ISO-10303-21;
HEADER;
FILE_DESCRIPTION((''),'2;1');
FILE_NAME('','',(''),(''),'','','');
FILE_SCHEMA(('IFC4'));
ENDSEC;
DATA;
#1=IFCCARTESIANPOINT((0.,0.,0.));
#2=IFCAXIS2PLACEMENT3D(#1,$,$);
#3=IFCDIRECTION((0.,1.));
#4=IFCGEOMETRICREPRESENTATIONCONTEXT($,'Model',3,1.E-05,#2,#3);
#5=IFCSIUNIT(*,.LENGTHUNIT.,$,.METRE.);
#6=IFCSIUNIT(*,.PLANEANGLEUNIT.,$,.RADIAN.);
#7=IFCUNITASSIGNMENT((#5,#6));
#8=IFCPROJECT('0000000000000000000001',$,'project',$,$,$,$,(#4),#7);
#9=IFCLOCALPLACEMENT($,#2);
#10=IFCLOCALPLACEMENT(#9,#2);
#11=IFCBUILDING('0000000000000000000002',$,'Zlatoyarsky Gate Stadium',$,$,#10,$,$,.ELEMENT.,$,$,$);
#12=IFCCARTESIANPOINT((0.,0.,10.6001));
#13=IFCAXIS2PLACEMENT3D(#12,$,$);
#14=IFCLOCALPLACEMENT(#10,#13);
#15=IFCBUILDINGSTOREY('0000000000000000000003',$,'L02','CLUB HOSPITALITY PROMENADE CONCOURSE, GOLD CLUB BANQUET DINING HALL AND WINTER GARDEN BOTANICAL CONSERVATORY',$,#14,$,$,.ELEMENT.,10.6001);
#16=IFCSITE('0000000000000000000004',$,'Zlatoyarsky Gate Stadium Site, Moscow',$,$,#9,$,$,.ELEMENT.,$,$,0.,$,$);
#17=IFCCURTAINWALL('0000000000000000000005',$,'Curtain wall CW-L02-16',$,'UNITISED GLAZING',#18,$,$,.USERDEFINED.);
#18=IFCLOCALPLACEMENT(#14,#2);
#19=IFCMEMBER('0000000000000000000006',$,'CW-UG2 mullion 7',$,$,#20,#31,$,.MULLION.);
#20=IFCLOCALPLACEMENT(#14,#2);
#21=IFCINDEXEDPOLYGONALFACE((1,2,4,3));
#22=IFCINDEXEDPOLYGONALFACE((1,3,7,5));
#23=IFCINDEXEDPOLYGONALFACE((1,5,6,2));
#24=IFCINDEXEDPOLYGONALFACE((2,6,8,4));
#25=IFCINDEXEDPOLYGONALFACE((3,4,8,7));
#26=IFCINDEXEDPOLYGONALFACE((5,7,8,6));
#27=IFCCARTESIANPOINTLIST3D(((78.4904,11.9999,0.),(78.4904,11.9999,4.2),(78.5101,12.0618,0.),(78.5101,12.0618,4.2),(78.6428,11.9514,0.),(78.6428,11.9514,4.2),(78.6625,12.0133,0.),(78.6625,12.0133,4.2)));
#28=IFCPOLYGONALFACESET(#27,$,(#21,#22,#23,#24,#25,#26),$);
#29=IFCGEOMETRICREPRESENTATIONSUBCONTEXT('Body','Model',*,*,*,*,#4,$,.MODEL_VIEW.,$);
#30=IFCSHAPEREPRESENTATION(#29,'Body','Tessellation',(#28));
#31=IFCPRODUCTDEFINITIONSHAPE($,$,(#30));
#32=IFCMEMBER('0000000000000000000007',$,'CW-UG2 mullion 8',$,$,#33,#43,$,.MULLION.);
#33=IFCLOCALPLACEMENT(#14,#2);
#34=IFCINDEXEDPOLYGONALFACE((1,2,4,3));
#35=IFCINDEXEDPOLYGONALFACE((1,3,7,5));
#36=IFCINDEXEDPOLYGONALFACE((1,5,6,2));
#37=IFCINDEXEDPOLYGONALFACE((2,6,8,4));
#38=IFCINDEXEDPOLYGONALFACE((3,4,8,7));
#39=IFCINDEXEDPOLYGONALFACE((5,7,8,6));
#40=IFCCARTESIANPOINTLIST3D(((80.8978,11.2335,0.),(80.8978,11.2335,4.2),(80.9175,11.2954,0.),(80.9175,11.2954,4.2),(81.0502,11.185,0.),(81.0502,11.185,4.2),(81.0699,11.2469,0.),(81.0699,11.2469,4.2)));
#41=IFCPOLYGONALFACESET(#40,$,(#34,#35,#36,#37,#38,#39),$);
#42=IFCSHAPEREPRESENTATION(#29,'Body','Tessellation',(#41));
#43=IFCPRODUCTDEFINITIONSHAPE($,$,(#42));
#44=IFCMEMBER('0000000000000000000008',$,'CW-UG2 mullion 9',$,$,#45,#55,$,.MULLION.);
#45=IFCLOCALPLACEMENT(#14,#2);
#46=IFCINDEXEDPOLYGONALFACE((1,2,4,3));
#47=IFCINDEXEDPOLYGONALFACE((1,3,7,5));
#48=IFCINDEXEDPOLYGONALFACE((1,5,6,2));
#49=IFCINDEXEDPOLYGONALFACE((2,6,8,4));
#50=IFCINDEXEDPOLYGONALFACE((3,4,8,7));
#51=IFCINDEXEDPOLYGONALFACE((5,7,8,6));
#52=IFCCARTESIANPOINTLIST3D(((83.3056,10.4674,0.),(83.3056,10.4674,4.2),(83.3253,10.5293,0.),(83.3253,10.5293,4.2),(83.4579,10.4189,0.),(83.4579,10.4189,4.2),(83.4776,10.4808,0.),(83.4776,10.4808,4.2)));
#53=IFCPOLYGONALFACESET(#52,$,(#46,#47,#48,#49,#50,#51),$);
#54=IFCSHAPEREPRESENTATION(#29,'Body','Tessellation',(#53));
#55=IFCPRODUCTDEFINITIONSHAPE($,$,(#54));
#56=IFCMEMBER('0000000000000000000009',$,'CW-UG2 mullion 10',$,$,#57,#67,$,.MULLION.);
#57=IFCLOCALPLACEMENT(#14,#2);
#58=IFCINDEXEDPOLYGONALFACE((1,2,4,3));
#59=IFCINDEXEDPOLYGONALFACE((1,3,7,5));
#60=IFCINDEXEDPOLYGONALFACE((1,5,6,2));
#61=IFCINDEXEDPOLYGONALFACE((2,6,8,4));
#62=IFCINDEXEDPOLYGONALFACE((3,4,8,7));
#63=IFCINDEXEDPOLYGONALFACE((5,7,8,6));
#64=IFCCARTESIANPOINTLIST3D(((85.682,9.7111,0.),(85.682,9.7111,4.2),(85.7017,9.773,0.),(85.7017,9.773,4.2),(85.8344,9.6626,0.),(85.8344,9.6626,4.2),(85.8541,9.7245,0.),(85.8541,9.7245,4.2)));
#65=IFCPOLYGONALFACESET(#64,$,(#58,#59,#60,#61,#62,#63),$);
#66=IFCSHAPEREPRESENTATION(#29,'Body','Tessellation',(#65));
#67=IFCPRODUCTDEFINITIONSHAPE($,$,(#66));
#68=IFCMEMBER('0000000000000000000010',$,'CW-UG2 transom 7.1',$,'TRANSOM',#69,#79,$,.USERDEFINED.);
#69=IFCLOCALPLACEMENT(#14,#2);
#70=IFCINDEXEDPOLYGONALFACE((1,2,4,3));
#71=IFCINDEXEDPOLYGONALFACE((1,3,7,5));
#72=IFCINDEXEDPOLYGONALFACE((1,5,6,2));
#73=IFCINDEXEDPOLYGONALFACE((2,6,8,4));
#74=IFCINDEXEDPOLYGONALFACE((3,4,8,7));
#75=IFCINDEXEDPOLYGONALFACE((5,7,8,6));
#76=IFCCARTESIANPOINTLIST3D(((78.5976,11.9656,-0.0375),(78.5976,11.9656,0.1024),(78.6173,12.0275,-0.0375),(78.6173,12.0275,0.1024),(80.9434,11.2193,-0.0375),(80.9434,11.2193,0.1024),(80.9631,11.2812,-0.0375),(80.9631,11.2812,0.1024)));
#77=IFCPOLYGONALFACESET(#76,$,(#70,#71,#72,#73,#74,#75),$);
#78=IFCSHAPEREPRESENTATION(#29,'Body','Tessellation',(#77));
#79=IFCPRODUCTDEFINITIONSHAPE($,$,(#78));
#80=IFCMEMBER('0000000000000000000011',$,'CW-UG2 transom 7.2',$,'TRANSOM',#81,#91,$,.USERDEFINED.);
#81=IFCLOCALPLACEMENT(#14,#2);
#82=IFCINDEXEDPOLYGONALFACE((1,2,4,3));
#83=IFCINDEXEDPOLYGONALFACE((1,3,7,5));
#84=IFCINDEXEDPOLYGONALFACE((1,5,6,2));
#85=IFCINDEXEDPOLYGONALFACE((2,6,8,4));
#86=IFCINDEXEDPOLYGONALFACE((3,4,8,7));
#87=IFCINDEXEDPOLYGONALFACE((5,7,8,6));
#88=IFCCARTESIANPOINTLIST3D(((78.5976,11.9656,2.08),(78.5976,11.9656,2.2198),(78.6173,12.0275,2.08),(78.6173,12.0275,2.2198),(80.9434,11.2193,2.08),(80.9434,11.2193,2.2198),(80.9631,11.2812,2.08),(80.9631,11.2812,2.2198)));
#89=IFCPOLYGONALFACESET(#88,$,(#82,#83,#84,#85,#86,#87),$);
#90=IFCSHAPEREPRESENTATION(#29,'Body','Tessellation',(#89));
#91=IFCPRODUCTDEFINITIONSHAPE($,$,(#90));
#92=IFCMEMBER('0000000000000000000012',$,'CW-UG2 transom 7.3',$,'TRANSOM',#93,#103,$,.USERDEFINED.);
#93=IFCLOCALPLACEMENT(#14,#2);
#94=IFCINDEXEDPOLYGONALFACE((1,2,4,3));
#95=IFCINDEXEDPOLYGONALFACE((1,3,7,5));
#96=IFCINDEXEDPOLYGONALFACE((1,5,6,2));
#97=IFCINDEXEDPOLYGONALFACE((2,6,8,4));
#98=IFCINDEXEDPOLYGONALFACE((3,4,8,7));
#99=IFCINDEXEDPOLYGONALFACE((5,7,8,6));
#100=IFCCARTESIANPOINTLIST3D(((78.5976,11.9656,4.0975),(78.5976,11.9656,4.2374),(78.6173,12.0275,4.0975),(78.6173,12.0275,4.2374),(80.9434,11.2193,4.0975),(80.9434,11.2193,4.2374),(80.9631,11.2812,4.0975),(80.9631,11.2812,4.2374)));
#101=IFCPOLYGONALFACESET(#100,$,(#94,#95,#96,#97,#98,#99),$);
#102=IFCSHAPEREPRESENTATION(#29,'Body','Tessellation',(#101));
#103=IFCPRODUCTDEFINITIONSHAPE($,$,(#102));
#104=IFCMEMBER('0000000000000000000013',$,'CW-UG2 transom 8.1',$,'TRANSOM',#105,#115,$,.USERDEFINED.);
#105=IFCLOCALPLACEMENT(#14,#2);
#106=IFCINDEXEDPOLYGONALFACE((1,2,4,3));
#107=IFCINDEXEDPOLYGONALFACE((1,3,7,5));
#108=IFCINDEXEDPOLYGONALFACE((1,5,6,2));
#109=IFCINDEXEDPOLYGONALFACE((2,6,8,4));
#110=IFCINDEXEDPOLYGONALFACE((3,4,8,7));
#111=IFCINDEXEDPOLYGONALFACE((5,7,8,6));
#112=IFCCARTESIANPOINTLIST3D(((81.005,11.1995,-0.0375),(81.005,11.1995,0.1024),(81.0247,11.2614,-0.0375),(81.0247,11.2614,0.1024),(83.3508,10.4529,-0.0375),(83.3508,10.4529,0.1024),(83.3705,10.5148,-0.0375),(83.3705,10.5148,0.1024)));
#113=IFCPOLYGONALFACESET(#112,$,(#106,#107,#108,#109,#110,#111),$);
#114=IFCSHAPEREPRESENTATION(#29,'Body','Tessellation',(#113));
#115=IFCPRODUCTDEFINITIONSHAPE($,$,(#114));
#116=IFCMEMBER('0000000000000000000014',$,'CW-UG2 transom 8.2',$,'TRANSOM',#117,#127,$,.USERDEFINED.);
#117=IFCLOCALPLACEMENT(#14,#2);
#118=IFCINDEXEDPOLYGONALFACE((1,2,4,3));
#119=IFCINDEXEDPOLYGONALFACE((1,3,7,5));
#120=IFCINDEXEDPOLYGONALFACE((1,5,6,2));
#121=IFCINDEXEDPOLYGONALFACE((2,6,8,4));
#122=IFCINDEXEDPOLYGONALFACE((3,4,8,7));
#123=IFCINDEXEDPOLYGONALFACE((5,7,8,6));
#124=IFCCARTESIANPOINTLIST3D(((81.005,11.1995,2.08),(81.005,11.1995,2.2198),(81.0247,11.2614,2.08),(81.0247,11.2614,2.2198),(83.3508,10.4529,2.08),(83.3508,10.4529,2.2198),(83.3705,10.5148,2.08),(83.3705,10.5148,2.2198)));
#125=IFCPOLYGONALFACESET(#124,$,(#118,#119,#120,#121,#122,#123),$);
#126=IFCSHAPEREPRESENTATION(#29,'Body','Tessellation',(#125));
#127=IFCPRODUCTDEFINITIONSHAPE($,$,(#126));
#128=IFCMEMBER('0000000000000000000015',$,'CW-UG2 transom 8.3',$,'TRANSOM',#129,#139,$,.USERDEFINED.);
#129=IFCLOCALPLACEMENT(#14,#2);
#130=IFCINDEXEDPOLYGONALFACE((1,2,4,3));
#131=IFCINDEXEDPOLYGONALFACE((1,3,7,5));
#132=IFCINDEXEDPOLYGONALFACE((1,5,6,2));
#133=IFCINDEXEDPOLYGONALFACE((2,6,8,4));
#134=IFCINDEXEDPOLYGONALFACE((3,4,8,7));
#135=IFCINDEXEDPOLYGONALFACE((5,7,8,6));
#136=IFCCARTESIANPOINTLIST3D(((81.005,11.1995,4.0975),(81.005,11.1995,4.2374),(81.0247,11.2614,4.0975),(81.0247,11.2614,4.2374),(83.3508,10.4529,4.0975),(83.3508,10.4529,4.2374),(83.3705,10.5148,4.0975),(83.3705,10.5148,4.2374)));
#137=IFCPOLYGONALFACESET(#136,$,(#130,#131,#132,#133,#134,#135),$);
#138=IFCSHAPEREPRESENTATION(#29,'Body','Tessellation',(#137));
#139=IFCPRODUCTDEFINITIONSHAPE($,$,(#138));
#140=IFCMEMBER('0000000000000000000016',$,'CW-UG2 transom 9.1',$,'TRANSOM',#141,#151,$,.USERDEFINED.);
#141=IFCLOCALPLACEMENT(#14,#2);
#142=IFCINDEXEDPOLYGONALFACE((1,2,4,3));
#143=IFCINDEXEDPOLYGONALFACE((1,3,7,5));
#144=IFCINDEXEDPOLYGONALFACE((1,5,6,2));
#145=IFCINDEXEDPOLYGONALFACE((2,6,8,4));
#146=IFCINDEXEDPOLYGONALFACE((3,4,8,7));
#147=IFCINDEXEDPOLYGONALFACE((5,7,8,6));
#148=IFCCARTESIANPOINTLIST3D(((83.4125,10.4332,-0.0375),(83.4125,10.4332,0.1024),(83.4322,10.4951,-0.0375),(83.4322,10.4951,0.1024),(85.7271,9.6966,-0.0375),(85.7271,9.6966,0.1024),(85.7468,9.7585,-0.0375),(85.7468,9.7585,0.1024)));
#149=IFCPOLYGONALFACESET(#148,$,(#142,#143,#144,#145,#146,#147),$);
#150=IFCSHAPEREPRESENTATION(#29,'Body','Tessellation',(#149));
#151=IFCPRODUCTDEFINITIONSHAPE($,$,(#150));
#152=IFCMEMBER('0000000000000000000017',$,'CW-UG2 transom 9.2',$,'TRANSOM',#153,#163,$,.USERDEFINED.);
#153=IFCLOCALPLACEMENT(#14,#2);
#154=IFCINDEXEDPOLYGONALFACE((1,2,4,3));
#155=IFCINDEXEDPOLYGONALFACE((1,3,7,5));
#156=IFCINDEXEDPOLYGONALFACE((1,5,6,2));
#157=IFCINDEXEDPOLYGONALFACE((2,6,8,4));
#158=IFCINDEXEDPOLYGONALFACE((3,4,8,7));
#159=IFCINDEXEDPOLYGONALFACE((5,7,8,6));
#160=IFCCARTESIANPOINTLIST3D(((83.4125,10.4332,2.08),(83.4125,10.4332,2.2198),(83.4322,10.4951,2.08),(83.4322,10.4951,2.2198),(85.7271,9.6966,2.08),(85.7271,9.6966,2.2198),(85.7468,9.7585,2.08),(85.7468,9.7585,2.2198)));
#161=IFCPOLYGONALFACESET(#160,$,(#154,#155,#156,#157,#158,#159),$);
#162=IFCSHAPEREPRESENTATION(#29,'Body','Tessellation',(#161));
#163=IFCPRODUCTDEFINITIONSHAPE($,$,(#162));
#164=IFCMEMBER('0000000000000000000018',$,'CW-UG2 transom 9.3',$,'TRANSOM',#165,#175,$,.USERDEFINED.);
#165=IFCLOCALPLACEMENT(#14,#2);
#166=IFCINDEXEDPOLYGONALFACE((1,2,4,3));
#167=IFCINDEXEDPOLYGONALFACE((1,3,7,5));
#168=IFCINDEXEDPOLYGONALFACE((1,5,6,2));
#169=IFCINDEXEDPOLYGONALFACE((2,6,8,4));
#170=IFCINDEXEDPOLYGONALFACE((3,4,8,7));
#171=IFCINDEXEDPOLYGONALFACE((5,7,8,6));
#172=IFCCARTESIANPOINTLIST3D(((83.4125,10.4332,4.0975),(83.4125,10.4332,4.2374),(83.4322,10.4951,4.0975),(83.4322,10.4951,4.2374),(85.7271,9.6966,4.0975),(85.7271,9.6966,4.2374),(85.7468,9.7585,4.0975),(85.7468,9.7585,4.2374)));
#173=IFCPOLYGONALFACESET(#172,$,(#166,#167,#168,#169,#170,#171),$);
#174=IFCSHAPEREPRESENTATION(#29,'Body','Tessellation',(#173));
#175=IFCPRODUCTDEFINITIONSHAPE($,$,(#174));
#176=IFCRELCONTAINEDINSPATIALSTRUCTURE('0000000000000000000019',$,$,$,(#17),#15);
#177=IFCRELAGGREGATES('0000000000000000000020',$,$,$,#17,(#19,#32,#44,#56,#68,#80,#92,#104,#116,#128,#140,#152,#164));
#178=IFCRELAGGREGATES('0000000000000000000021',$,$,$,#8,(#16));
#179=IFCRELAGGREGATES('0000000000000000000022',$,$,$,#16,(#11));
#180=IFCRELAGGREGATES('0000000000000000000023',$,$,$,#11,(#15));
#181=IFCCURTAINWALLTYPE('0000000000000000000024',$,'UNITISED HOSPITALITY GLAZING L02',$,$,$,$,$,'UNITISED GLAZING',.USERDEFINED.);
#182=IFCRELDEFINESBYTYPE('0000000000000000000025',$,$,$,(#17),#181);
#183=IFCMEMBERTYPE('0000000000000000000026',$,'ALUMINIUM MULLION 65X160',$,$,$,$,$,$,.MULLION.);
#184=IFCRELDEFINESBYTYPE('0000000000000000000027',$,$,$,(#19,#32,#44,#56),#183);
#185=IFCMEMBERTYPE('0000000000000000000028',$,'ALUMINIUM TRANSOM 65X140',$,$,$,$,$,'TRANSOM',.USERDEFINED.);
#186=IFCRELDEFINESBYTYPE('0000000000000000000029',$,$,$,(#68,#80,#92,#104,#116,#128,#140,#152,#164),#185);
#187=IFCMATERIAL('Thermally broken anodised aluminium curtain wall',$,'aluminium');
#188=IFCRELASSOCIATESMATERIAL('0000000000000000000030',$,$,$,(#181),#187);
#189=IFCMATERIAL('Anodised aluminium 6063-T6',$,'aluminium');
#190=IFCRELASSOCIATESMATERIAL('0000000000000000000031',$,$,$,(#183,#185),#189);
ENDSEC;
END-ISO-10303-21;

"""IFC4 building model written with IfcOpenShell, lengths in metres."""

from ifc_helpers import new_model, si_unit, direction, frame, origin, origin_2d, place, context, subcontext, project, spatial, rectangle, extrude, material, material_profile, profile_set, type_object, element, aggregate, save


model = new_model("IFC4")

# Units and contexts
model_context = context("Model", 3, precision=1e-05, world=origin(), true_north=direction((0.0, 1.0)))
body_context = subcontext(model_context, "Body", "Model", "MODEL_VIEW")
ifc_project = project(units=[si_unit("LENGTHUNIT", "METRE"), si_unit("PLANEANGLEUNIT", "RADIAN")], contexts=[model_context])

# Site, building, storey
site_placement = place(None, origin())
site = spatial("IfcSite", under=ifc_project, at=site_placement, Name="Zlatoyarsky Gate Stadium Site, Moscow", CompositionType="ELEMENT", RefElevation=0.0)
building_placement = place(site_placement, origin())
building = spatial("IfcBuilding", under=site, at=building_placement, Name="Zlatoyarsky Gate Stadium", CompositionType="ELEMENT")
storey_placement = place(building_placement, frame((0.0, 0.0, 10.6001)))
storey = spatial("IfcBuildingStorey", under=building, at=storey_placement, Name="L02", Description="CLUB HOSPITALITY PROMENADE CONCOURSE, GOLD CLUB BANQUET DINING HALL AND WINTER GARDEN BOTANICAL CONSERVATORY", CompositionType="ELEMENT", Elevation=10.6001)

# Curtain wall, members
ifc_material_1 = material(Name="Thermally broken anodised aluminium curtain wall", Category="aluminium")
curtain_wall_type = type_object("IfcCurtainWallType", Name="UNITISED HOSPITALITY GLAZING L02", ElementType="UNITISED GLAZING", PredefinedType="USERDEFINED", material=ifc_material_1)
curtain_wall_placement = place(storey_placement, origin())
curtain_wall = element("IfcCurtainWall", 1, at=curtain_wall_placement, inside=storey, type_object=curtain_wall_type, Name="Curtain wall CW-L02-16", ObjectType="UNITISED GLAZING", PredefinedType="USERDEFINED")
ifc_material_2 = material(Name="Anodised aluminium 6063-T6", Category="aluminium")
ifc_material_profile_1 = material_profile(ifc_material_2, rectangle(XDim=0.0649, YDim=0.1599, at=origin_2d()), Name="ALU 65X160")
ifc_profile_set_1 = profile_set([ifc_material_profile_1], Name="Anodised aluminium 6063-T6")
member_type_1 = type_object("IfcMemberType", Name="ALUMINIUM MULLION 65X160", PredefinedType="MULLION", material=ifc_profile_set_1)
member_1_placement = place(storey_placement, frame((78.5764, 12.0066, 0.0), z_axis=(0.0, 0.0, 1.0), x_axis=(0.303278, 0.952902, 0.0)))
member_1 = element("IfcMember", 2, at=member_1_placement, type_object=member_type_1, Name="CW-UG2 mullion 7", PredefinedType="MULLION", context=body_context, shape_type="SweptSolid", body=[
    extrude(rectangle(XDim=0.0649, YDim=0.1599, at=origin_2d()), origin(), (0.0, 0.0, 1.0), 4.2),
])
member_2_placement = place(storey_placement, frame((80.9839, 11.2402, 0.0), z_axis=(0.0, 0.0, 1.0), x_axis=(0.303278, 0.952902, 0.0)))
member_2 = element("IfcMember", 3, at=member_2_placement, type_object=member_type_1, Name="CW-UG2 mullion 8", PredefinedType="MULLION", context=body_context, shape_type="SweptSolid", body=[
    extrude(rectangle(XDim=0.0649, YDim=0.1599, at=origin_2d()), origin(), (0.0, 0.0, 1.0), 4.2),
])
member_3_placement = place(storey_placement, frame((83.3916, 10.4741, 0.0), z_axis=(0.0, 0.0, 1.0), x_axis=(0.303278, 0.952902, 0.0)))
member_3 = element("IfcMember", 4, at=member_3_placement, type_object=member_type_1, Name="CW-UG2 mullion 9", PredefinedType="MULLION", context=body_context, shape_type="SweptSolid", body=[
    extrude(rectangle(XDim=0.0649, YDim=0.1599, at=origin_2d()), origin(), (0.0, 0.0, 1.0), 4.2),
])
member_4_placement = place(storey_placement, frame((85.7681, 9.7178, 0.0), z_axis=(0.0, 0.0, 1.0), x_axis=(0.303278, 0.952902, 0.0)))
member_4 = element("IfcMember", 5, at=member_4_placement, type_object=member_type_1, Name="CW-UG2 mullion 10", PredefinedType="MULLION", context=body_context, shape_type="SweptSolid", body=[
    extrude(rectangle(XDim=0.0649, YDim=0.1599, at=origin_2d()), origin(), (0.0, 0.0, 1.0), 4.2),
])
ifc_material_profile_2 = material_profile(ifc_material_2, rectangle(XDim=0.0649, YDim=0.1399, at=origin_2d()), Name="ALU 65X140")
ifc_profile_set_2 = profile_set([ifc_material_profile_2], Name="Anodised aluminium 6063-T6")
member_type_2 = type_object("IfcMemberType", Name="ALUMINIUM TRANSOM 65X140", ElementType="TRANSOM", PredefinedType="USERDEFINED", material=ifc_profile_set_2)
member_5_placement = place(storey_placement, frame((78.6074, 11.9966, 0.0325), z_axis=(0.952928, -0.303195, 0.0), x_axis=(0.303195, 0.952928, 0.0)))
member_5 = element("IfcMember", 6, at=member_5_placement, type_object=member_type_2, Name="CW-UG2 transom 7.1", ObjectType="TRANSOM", PredefinedType="USERDEFINED", context=body_context, shape_type="SweptSolid", body=[
    extrude(rectangle(XDim=0.0649, YDim=0.1399, at=origin_2d()), origin(), (0.0, 0.0, 1.0), 2.4617),
])
member_6_placement = place(storey_placement, frame((78.6074, 11.9966, 2.1499), z_axis=(0.952928, -0.303195, 0.0), x_axis=(0.303195, 0.952928, 0.0)))
member_6 = element("IfcMember", 7, at=member_6_placement, type_object=member_type_2, Name="CW-UG2 transom 7.2", ObjectType="TRANSOM", PredefinedType="USERDEFINED", context=body_context, shape_type="SweptSolid", body=[
    extrude(rectangle(XDim=0.0649, YDim=0.1399, at=origin_2d()), origin(), (0.0, 0.0, 1.0), 2.4617),
])
member_7_placement = place(storey_placement, frame((78.6074, 11.9966, 4.1675), z_axis=(0.952928, -0.303195, 0.0), x_axis=(0.303195, 0.952928, 0.0)))
member_7 = element("IfcMember", 8, at=member_7_placement, type_object=member_type_2, Name="CW-UG2 transom 7.3", ObjectType="TRANSOM", PredefinedType="USERDEFINED", context=body_context, shape_type="SweptSolid", body=[
    extrude(rectangle(XDim=0.0649, YDim=0.1399, at=origin_2d()), origin(), (0.0, 0.0, 1.0), 2.4617),
])
member_8_placement = place(storey_placement, frame((81.0149, 11.2305, 0.0325), z_axis=(0.9529, -0.303286, 0.0), x_axis=(0.303286, 0.9529, 0.0)))
member_8 = element("IfcMember", 9, at=member_8_placement, type_object=member_type_2, Name="CW-UG2 transom 8.1", ObjectType="TRANSOM", PredefinedType="USERDEFINED", context=body_context, shape_type="SweptSolid", body=[
    extrude(rectangle(XDim=0.0649, YDim=0.1399, at=origin_2d()), origin(), (0.0, 0.0, 1.0), 2.4617),
])
member_9_placement = place(storey_placement, frame((81.0149, 11.2305, 2.1499), z_axis=(0.9529, -0.303286, 0.0), x_axis=(0.303286, 0.9529, 0.0)))
member_9 = element("IfcMember", 10, at=member_9_placement, type_object=member_type_2, Name="CW-UG2 transom 8.2", ObjectType="TRANSOM", PredefinedType="USERDEFINED", context=body_context, shape_type="SweptSolid", body=[
    extrude(rectangle(XDim=0.0649, YDim=0.1399, at=origin_2d()), origin(), (0.0, 0.0, 1.0), 2.4617),
])
member_10_placement = place(storey_placement, frame((81.0149, 11.2305, 4.1675), z_axis=(0.9529, -0.303286, 0.0), x_axis=(0.303286, 0.9529, 0.0)))
member_10 = element("IfcMember", 11, at=member_10_placement, type_object=member_type_2, Name="CW-UG2 transom 8.3", ObjectType="TRANSOM", PredefinedType="USERDEFINED", context=body_context, shape_type="SweptSolid", body=[
    extrude(rectangle(XDim=0.0649, YDim=0.1399, at=origin_2d()), origin(), (0.0, 0.0, 1.0), 2.4617),
])
member_11_placement = place(storey_placement, frame((83.4224, 10.4641, 0.0325), z_axis=(0.952917, -0.303233, 0.0), x_axis=(0.303233, 0.952917, 0.0)))
member_11 = element("IfcMember", 12, at=member_11_placement, type_object=member_type_2, Name="CW-UG2 transom 9.1", ObjectType="TRANSOM", PredefinedType="USERDEFINED", context=body_context, shape_type="SweptSolid", body=[
    extrude(rectangle(XDim=0.0649, YDim=0.1399, at=origin_2d()), origin(), (0.0, 0.0, 1.0), 2.429),
])
member_12_placement = place(storey_placement, frame((83.4224, 10.4641, 2.1499), z_axis=(0.952917, -0.303233, 0.0), x_axis=(0.303233, 0.952917, 0.0)))
member_12 = element("IfcMember", 13, at=member_12_placement, type_object=member_type_2, Name="CW-UG2 transom 9.2", ObjectType="TRANSOM", PredefinedType="USERDEFINED", context=body_context, shape_type="SweptSolid", body=[
    extrude(rectangle(XDim=0.0649, YDim=0.1399, at=origin_2d()), origin(), (0.0, 0.0, 1.0), 2.429),
])
member_13_placement = place(storey_placement, frame((83.4224, 10.4641, 4.1675), z_axis=(0.952917, -0.303233, 0.0), x_axis=(0.303233, 0.952917, 0.0)))
member_13 = element("IfcMember", 14, at=member_13_placement, type_object=member_type_2, Name="CW-UG2 transom 9.3", ObjectType="TRANSOM", PredefinedType="USERDEFINED", context=body_context, shape_type="SweptSolid", body=[
    extrude(rectangle(XDim=0.0649, YDim=0.1399, at=origin_2d()), origin(), (0.0, 0.0, 1.0), 2.429),
])

aggregate(curtain_wall, [member_1, member_2, member_3, member_4, member_5, member_6, member_7, member_8, member_9, member_10, member_11, member_12, member_13])

save(model, "model.ifc")
